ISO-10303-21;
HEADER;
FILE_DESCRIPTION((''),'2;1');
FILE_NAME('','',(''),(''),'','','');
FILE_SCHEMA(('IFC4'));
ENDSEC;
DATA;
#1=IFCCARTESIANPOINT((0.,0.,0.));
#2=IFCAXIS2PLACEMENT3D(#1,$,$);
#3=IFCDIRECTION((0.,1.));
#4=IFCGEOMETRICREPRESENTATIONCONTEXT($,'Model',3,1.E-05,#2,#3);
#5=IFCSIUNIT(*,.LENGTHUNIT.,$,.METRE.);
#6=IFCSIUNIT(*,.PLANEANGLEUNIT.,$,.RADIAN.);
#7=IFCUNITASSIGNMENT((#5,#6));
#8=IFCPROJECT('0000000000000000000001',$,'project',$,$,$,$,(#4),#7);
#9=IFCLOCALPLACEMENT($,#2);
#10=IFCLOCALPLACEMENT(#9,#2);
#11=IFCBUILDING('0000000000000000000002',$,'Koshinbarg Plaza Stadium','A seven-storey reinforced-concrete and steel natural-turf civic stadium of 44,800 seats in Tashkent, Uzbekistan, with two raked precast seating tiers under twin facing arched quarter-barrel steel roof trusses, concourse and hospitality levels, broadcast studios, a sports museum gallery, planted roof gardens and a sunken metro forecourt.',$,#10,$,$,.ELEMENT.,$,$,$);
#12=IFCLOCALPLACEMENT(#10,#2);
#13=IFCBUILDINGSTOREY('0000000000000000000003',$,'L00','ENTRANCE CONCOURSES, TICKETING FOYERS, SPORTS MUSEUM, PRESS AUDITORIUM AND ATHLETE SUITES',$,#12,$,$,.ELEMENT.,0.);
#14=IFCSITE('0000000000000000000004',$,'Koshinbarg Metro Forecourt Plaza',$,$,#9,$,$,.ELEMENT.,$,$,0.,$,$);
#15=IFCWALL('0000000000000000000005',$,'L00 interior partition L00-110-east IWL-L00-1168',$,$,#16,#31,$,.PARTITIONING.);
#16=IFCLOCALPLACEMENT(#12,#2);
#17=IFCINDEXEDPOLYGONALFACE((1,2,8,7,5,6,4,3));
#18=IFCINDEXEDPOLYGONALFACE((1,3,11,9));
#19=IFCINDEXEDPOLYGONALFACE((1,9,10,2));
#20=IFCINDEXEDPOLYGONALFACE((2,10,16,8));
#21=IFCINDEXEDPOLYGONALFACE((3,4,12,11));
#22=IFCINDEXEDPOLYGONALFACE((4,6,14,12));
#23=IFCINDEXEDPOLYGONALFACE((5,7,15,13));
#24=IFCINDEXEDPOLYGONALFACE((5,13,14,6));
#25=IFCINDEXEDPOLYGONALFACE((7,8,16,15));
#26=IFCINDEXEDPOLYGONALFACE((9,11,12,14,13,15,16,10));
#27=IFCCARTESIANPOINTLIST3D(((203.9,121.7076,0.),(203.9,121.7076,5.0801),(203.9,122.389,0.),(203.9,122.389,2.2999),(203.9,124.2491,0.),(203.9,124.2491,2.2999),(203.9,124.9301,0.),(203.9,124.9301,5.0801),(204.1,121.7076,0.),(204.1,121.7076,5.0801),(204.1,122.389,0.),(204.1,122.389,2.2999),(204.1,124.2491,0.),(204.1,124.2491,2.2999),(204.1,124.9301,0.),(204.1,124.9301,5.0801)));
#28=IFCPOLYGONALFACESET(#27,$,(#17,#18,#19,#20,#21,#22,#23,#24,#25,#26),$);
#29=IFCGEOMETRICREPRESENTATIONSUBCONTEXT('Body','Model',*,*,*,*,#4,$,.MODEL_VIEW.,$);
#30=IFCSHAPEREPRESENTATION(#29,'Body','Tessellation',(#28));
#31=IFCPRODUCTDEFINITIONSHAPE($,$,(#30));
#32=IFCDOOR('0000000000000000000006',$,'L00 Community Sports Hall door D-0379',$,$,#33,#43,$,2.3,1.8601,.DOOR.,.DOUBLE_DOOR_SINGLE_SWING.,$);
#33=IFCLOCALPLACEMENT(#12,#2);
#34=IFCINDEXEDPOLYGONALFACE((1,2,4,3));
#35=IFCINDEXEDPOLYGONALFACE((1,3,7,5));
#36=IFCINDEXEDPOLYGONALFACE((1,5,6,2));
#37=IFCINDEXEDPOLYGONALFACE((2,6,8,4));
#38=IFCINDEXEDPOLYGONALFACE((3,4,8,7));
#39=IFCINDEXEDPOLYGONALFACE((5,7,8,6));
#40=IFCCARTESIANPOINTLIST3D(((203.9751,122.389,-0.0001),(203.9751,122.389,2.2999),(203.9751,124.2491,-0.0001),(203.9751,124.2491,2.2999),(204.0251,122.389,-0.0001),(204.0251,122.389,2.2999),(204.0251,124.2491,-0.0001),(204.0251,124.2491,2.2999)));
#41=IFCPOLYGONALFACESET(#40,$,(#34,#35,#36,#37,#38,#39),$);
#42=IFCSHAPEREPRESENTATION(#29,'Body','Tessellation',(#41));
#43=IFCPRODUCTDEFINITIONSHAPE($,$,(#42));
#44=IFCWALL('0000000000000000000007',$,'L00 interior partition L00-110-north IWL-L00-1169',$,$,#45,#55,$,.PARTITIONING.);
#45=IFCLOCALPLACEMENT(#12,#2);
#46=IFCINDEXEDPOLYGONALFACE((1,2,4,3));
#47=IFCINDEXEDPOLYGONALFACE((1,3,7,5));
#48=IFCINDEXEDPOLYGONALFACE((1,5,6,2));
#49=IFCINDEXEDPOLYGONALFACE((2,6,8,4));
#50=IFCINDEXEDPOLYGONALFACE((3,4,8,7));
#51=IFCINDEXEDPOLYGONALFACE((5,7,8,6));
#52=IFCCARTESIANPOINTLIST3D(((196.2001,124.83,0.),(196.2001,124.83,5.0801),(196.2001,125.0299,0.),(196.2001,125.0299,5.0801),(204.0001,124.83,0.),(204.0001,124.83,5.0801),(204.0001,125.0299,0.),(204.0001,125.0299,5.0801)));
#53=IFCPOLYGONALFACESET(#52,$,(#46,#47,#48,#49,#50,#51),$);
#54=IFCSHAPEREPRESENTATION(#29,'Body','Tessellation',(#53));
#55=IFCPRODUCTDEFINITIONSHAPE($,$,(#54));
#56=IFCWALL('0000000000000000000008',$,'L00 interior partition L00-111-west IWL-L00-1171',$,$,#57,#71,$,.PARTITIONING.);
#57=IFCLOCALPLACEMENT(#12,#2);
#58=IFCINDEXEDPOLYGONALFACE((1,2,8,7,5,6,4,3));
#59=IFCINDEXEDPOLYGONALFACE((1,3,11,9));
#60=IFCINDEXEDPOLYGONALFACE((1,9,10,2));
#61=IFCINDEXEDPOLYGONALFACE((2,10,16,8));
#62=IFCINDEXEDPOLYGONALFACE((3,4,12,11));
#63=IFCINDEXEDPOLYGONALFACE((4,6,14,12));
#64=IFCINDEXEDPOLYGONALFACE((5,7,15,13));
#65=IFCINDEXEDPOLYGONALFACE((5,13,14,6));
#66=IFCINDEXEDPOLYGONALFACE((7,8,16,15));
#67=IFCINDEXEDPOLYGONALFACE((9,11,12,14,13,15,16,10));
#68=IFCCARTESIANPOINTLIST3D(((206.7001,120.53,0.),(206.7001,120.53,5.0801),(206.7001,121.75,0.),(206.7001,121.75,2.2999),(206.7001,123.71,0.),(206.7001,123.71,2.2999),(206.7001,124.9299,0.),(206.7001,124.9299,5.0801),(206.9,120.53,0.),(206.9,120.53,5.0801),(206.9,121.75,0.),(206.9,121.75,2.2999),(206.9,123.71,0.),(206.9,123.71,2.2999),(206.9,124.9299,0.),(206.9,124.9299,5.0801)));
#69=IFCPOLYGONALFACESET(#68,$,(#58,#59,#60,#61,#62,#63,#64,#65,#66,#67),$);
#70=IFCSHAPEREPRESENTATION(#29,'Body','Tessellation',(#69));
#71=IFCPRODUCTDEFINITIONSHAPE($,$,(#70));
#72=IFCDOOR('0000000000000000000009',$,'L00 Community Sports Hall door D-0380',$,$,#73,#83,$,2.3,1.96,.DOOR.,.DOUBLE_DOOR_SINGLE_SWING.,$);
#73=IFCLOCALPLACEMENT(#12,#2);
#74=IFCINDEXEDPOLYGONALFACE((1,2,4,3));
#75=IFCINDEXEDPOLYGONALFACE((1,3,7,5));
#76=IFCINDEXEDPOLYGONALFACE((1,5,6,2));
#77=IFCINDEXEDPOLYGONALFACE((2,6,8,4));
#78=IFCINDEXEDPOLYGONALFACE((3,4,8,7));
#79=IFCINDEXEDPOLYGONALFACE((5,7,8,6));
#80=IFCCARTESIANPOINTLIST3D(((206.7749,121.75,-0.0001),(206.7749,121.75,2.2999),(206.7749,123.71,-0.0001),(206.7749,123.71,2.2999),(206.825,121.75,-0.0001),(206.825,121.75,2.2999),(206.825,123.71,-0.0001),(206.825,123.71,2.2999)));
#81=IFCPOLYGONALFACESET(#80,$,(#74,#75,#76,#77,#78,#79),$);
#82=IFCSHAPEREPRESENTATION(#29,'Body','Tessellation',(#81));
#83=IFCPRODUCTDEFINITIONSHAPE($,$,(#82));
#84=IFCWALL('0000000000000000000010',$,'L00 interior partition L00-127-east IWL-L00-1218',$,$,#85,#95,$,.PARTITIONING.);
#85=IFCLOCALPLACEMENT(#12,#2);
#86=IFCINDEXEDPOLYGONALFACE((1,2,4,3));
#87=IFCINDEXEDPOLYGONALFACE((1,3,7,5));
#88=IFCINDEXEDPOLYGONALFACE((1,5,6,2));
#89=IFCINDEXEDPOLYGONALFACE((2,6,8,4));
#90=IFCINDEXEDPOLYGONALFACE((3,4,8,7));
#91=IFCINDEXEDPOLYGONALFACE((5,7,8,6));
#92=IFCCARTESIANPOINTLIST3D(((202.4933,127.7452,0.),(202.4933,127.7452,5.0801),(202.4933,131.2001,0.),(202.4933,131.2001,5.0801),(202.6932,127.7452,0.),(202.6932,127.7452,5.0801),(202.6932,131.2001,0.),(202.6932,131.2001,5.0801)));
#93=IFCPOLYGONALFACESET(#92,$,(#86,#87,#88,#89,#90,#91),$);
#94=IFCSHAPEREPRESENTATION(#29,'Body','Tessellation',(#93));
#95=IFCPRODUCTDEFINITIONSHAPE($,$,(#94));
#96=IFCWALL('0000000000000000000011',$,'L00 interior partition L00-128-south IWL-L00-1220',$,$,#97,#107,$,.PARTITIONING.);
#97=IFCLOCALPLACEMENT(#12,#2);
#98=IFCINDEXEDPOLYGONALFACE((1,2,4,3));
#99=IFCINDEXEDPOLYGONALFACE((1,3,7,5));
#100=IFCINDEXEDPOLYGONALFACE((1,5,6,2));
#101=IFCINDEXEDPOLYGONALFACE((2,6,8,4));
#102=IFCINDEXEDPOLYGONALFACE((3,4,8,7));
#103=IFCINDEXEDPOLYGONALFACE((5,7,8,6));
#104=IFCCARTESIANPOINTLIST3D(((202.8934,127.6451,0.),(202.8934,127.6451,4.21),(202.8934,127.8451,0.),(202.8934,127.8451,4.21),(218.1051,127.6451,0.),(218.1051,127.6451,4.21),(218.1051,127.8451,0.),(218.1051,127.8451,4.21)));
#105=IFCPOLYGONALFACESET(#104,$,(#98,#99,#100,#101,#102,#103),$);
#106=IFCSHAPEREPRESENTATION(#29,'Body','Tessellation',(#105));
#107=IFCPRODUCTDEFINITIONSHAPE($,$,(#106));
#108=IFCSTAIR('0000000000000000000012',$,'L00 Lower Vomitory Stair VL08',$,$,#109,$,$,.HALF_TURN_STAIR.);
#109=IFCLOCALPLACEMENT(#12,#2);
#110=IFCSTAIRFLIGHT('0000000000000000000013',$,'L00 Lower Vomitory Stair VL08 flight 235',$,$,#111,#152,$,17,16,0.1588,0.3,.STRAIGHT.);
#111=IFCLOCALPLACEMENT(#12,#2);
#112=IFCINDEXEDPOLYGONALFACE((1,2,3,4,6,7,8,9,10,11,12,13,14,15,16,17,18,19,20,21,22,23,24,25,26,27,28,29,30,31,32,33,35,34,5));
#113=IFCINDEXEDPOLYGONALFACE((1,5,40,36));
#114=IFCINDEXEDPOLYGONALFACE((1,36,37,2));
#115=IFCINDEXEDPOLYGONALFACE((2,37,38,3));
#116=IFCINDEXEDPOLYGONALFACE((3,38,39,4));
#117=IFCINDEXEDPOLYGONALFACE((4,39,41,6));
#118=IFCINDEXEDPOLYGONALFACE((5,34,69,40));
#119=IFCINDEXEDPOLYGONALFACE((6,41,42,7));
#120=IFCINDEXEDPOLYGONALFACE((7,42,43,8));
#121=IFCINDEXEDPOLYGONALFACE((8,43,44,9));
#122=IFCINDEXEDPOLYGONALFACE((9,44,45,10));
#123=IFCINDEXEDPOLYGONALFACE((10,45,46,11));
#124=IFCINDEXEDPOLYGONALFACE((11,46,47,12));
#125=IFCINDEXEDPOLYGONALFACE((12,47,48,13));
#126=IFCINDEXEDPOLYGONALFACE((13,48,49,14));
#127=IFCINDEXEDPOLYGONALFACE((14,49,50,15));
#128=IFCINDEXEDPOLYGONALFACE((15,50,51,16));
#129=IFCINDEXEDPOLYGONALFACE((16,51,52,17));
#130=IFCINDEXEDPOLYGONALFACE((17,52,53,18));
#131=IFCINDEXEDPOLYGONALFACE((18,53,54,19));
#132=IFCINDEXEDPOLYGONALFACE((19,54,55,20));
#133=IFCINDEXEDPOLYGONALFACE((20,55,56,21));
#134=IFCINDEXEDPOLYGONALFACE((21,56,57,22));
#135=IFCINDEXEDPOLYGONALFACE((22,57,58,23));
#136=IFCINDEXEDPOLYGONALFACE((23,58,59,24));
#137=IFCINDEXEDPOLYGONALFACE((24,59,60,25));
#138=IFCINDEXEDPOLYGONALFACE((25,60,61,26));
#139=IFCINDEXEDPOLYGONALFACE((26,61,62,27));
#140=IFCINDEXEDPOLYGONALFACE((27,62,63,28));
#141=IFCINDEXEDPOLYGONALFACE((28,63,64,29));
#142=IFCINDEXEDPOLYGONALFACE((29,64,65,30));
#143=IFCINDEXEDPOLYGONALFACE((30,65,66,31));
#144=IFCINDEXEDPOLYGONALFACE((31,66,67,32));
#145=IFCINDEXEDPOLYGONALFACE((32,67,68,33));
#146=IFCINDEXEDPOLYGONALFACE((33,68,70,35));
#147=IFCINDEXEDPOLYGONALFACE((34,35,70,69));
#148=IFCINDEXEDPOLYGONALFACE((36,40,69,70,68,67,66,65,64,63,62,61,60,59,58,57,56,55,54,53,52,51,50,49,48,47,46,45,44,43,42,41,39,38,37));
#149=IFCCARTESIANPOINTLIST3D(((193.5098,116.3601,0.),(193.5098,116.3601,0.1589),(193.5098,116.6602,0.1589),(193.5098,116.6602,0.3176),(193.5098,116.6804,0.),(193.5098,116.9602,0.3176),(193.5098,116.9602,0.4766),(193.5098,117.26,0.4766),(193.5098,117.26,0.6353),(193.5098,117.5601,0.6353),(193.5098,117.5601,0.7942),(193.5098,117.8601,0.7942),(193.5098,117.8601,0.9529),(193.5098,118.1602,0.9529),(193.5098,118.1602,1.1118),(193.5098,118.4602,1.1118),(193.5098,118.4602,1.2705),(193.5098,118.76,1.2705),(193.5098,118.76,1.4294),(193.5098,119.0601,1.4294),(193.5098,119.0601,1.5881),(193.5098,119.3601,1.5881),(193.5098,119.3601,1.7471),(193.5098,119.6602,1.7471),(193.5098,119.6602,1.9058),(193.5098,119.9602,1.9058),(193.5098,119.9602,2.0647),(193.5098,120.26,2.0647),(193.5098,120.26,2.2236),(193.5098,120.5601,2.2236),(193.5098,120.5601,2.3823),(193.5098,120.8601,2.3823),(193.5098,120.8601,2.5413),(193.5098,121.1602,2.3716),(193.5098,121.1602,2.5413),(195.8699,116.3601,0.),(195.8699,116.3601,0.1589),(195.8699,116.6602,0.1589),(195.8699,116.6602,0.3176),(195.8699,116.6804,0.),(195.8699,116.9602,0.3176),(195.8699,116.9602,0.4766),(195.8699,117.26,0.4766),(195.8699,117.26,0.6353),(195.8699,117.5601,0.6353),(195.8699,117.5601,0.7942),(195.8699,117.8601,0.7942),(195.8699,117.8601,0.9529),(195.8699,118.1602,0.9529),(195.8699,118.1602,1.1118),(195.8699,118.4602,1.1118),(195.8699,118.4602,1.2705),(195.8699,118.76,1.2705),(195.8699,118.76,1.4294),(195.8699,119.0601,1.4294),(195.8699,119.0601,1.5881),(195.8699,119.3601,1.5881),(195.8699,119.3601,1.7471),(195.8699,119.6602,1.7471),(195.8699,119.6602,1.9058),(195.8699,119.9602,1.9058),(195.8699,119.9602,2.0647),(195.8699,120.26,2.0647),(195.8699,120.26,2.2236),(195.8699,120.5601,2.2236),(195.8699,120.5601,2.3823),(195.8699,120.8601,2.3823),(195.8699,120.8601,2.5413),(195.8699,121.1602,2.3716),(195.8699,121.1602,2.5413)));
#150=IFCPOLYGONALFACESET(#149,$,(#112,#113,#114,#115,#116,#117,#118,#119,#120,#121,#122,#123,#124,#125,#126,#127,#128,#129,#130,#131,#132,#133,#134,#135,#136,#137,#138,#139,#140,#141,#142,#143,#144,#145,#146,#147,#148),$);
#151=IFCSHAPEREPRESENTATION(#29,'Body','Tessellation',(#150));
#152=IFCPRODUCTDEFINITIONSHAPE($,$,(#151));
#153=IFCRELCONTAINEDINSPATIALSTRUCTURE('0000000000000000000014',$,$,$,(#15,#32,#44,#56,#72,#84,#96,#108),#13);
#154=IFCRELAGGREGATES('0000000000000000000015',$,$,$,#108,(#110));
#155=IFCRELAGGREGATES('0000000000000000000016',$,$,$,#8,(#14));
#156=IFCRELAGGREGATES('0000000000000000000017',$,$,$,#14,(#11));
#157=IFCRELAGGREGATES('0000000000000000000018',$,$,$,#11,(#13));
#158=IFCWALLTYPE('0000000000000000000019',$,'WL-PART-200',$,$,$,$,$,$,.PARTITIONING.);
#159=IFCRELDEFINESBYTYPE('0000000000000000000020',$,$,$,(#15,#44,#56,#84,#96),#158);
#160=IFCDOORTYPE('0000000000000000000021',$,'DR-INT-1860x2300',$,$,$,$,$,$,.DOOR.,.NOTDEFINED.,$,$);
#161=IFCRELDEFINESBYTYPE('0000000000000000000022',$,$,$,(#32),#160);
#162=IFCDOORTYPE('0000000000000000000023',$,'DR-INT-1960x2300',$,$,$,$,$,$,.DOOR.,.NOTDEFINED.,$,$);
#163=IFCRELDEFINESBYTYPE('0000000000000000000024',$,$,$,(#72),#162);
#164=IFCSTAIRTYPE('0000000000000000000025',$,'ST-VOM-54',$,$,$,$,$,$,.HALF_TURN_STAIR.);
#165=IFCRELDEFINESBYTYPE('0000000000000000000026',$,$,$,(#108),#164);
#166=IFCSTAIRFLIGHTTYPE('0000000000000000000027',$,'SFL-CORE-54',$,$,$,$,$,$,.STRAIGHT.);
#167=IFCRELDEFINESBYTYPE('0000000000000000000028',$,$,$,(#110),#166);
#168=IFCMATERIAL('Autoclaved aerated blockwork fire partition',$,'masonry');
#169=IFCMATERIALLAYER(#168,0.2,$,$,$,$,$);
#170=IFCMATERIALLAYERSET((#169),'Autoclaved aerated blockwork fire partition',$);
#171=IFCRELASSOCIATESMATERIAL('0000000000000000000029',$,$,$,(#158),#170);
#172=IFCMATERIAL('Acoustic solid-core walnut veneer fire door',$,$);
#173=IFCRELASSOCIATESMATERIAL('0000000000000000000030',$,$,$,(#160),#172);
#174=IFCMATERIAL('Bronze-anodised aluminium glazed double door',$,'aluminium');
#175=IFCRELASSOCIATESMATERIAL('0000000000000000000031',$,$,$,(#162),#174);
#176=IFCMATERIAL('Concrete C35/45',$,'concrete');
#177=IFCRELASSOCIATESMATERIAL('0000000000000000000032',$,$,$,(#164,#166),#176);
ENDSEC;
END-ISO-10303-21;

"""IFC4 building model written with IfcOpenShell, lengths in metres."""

from ifc_helpers import new_model, si_unit, direction, frame, frame_2d, origin, place, context, subcontext, project, spatial, polyline, rectangle, outline, extrude, material, layer, layer_set, type_object, element, fill, aggregate, save


model = new_model("IFC4")

# Units and contexts
model_context = context("Model", 3, precision=1e-05, world=origin(), true_north=direction((0.0, 1.0)))
body_context = subcontext(model_context, "Body", "Model", "MODEL_VIEW")
ifc_project = project(units=[si_unit("LENGTHUNIT", "METRE"), si_unit("PLANEANGLEUNIT", "RADIAN")], contexts=[model_context])

# Site, building, storey
site_placement = place(None, origin())
site = spatial("IfcSite", under=ifc_project, at=site_placement, Name="Koshinbarg Metro Forecourt Plaza", CompositionType="ELEMENT", RefElevation=0.0)
building_placement = place(site_placement, origin())
building = spatial("IfcBuilding", under=site, at=building_placement, Name="Koshinbarg Plaza Stadium", Description="A seven-storey reinforced-concrete and steel natural-turf civic stadium of 44,800 seats in Tashkent, Uzbekistan, with two raked precast seating tiers under twin facing arched quarter-barrel steel roof trusses, concourse and hospitality levels, broadcast studios, a sports museum gallery, planted roof gardens and a sunken metro forecourt.", CompositionType="ELEMENT")
storey_placement = place(building_placement, origin())
storey = spatial("IfcBuildingStorey", under=building, at=storey_placement, Name="L00", Description="ENTRANCE CONCOURSES, TICKETING FOYERS, SPORTS MUSEUM, PRESS AUDITORIUM AND ATHLETE SUITES", CompositionType="ELEMENT", Elevation=0.0)

# Shared definitions
ifc_material_1 = material(Name="Concrete C35/45", Category="concrete")

# Shared definitions
ifc_material_2 = material(Name="Autoclaved aerated blockwork fire partition", Category="masonry")
ifc_layer_1 = layer(ifc_material_2, 0.2)
ifc_layer_set_1 = layer_set([ifc_layer_1], Name="Autoclaved aerated blockwork fire partition")
wall_type_1 = type_object("IfcWallType", Name="WL-PART-200", PredefinedType="PARTITIONING", material=ifc_layer_set_1)

# Wall, opening, door
wall_1_placement = place(storey_placement, frame((204.0, 121.7075, 0.0), z_axis=(0.0, 0.0, 1.0), x_axis=(0.0, 1.0, 0.0)))
wall_1 = element("IfcWall", 1, at=wall_1_placement, inside=storey, type_object=wall_type_1, Name="L00 interior partition L00-110-east IWL-L00-1168", PredefinedType="PARTITIONING", context=body_context, shape_type="SweptSolid", body=[
    extrude(rectangle(XDim=3.2224, YDim=0.2, at=frame_2d((1.6113, 0.0))), origin(), (0.0, 0.0, 1.0), 5.0801),
])
opening_1_placement = place(wall_1_placement, frame((0.6814, 0.0, 0.0)))
opening_1 = element("IfcOpeningElement", 2, at=opening_1_placement, cuts=wall_1, PredefinedType="OPENING", context=body_context, shape_type="SweptSolid", body=[
    extrude(rectangle(XDim=1.8601, YDim=2.3, at=frame_2d((0.9302, 1.1499))), frame((0.0, 0.1099, 0.0), z_axis=(0.0, -1.0, 0.0), x_axis=(1.0, 0.0, 0.0)), (0.0, 0.0, 1.0), 0.22),
])
ifc_material_3 = material(Name="Acoustic solid-core walnut veneer fire door")
door_type_1 = type_object("IfcDoorType", Name="DR-INT-1860x2300", OperationType="NOTDEFINED", PredefinedType="DOOR", material=ifc_material_3)
door_1_placement = place(opening_1_placement, origin())
door_1 = element("IfcDoor", 3, at=door_1_placement, inside=storey, type_object=door_type_1, Name="L00 Community Sports Hall door D-0379", OperationType="DOUBLE_DOOR_SINGLE_SWING", OverallHeight=2.3, OverallWidth=1.8601, PredefinedType="DOOR", context=body_context, shape_type="SweptSolid", body=[
    extrude(rectangle(XDim=1.8601, YDim=2.3, at=frame_2d((0.9302, 1.1499))), frame((0.0, 0.0249, 0.0), z_axis=(0.0, -1.0, 0.0), x_axis=(1.0, 0.0, 0.0)), (0.0, 0.0, 1.0), 0.05),
])
fill(opening_1, door_1)

# Wall
wall_2_placement = place(storey_placement, frame((204.0, 124.9299, 0.0), z_axis=(0.0, 0.0, 1.0), x_axis=(-1.0, 0.0, 0.0)))
element("IfcWall", 4, at=wall_2_placement, inside=storey, type_object=wall_type_1, Name="L00 interior partition L00-110-north IWL-L00-1169", PredefinedType="PARTITIONING", context=body_context, shape_type="SweptSolid", body=[
    extrude(rectangle(XDim=7.8, YDim=0.2, at=frame_2d((3.8999, 0.0))), origin(), (0.0, 0.0, 1.0), 5.0801),
])

# Wall, opening, door
wall_3_placement = place(storey_placement, frame((206.8, 124.9299, 0.0), z_axis=(0.0, 0.0, 1.0), x_axis=(0.0, -1.0, 0.0)))
wall_3 = element("IfcWall", 5, at=wall_3_placement, inside=storey, type_object=wall_type_1, Name="L00 interior partition L00-111-west IWL-L00-1171", PredefinedType="PARTITIONING", context=body_context, shape_type="SweptSolid", body=[
    extrude(rectangle(XDim=4.3999, YDim=0.2, at=frame_2d((2.2, 0.0))), origin(), (0.0, 0.0, 1.0), 5.0801),
])
opening_2_placement = place(wall_3_placement, frame((1.22, 0.0, 0.0)))
opening_2 = element("IfcOpeningElement", 6, at=opening_2_placement, cuts=wall_3, PredefinedType="OPENING", context=body_context, shape_type="SweptSolid", body=[
    extrude(rectangle(XDim=1.96, YDim=2.3, at=frame_2d((0.98, 1.1499))), frame((0.0, 0.1099, 0.0), z_axis=(0.0, -1.0, 0.0), x_axis=(1.0, 0.0, 0.0)), (0.0, 0.0, 1.0), 0.22),
])
ifc_material_4 = material(Name="Bronze-anodised aluminium glazed double door", Category="aluminium")
door_type_2 = type_object("IfcDoorType", Name="DR-INT-1960x2300", OperationType="NOTDEFINED", PredefinedType="DOOR", material=ifc_material_4)
door_2_placement = place(opening_2_placement, origin())
door_2 = element("IfcDoor", 7, at=door_2_placement, inside=storey, type_object=door_type_2, Name="L00 Community Sports Hall door D-0380", OperationType="DOUBLE_DOOR_SINGLE_SWING", OverallHeight=2.3, OverallWidth=1.96, PredefinedType="DOOR", context=body_context, shape_type="SweptSolid", body=[
    extrude(rectangle(XDim=1.96, YDim=2.3, at=frame_2d((0.98, 1.1499))), frame((0.0, 0.0249, 0.0), z_axis=(0.0, -1.0, 0.0), x_axis=(1.0, 0.0, 0.0)), (0.0, 0.0, 1.0), 0.05),
])
fill(opening_2, door_2)

# Walls
wall_4_placement = place(storey_placement, frame((202.5933, 127.7451, 0.0), z_axis=(0.0, 0.0, 1.0), x_axis=(0.0, 1.0, 0.0)))
element("IfcWall", 8, at=wall_4_placement, inside=storey, type_object=wall_type_1, Name="L00 interior partition L00-127-east IWL-L00-1218", PredefinedType="PARTITIONING", context=body_context, shape_type="SweptSolid", body=[
    extrude(rectangle(XDim=3.4548, YDim=0.2, at=frame_2d((1.7275, 0.0))), origin(), (0.0, 0.0, 1.0), 5.0801),
])
wall_5_placement = place(storey_placement, frame((202.8933, 127.7451, 0.0), z_axis=(0.0, 0.0, 1.0), x_axis=(1.0, 0.0, 0.0)))
element("IfcWall", 9, at=wall_5_placement, inside=storey, type_object=wall_type_1, Name="L00 interior partition L00-128-south IWL-L00-1220", PredefinedType="PARTITIONING", context=body_context, shape_type="SweptSolid", body=[
    extrude(rectangle(XDim=15.2117, YDim=0.2, at=frame_2d((7.606, 0.0))), origin(), (0.0, 0.0, 1.0), 4.21),
])

# Stair, stair flight
stair_type = type_object("IfcStairType", Name="ST-VOM-54", PredefinedType="HALF_TURN_STAIR", material=ifc_material_1)
stair_placement = place(storey_placement, origin())
stair = element("IfcStair", 10, at=stair_placement, inside=storey, type_object=stair_type, Name="L00 Lower Vomitory Stair VL08", PredefinedType="HALF_TURN_STAIR")
stair_flight_type = type_object("IfcStairFlightType", Name="SFL-CORE-54", PredefinedType="STRAIGHT", material=ifc_material_1)
stair_flight_placement = place(storey_placement, frame((194.6899, 116.3601, 0.0), z_axis=(0.0, 0.0, 1.0), x_axis=(0.0, 1.0, 0.0)))
stair_flight = element("IfcStairFlight", 11, at=stair_flight_placement, type_object=stair_flight_type, Name="L00 Lower Vomitory Stair VL08 flight 235", NumberOfRisers=17, NumberOfTreads=16, PredefinedType="STRAIGHT", RiserHeight=0.1588, TreadLength=0.3, context=body_context, shape_type="SweptSolid", body=[
    extrude(outline(polyline([(0.0, 0.0), (0.0, 0.1589), (0.3, 0.1589), (0.3, 0.3176), (0.6001, 0.3176), (0.6001, 0.4766), (0.8999, 0.4766), (0.8999, 0.6353), (1.2, 0.6353), (1.2, 0.7942), (1.5, 0.7942), (1.5, 0.9529), (1.8, 0.9529), (1.8, 1.1118), (2.1001, 1.1118), (2.1001, 1.2705), (2.3999, 1.2705), (2.3999, 1.4294), (2.7, 1.4294), (2.7, 1.5881), (3.0, 1.5881), (3.0, 1.7471), (3.3, 1.7471), (3.3, 1.9058), (3.6001, 1.9058), (3.6001, 2.0647), (3.8999, 2.0647), (3.8999, 2.2236), (4.2, 2.2236), (4.2, 2.3823), (4.5, 2.3823), (4.5, 2.5413), (4.8, 2.5413), (4.8, 2.7), (4.8, 2.3716), (0.3203, 0.0), (0.0, 0.0)])), frame((0.0, 1.1802, 0.0), z_axis=(0.0, -1.0, 0.0), x_axis=(1.0, 0.0, 0.0)), (0.0, 0.0, 1.0), 2.3601),
])
aggregate(stair, [stair_flight])

save(model, "model.ifc")
